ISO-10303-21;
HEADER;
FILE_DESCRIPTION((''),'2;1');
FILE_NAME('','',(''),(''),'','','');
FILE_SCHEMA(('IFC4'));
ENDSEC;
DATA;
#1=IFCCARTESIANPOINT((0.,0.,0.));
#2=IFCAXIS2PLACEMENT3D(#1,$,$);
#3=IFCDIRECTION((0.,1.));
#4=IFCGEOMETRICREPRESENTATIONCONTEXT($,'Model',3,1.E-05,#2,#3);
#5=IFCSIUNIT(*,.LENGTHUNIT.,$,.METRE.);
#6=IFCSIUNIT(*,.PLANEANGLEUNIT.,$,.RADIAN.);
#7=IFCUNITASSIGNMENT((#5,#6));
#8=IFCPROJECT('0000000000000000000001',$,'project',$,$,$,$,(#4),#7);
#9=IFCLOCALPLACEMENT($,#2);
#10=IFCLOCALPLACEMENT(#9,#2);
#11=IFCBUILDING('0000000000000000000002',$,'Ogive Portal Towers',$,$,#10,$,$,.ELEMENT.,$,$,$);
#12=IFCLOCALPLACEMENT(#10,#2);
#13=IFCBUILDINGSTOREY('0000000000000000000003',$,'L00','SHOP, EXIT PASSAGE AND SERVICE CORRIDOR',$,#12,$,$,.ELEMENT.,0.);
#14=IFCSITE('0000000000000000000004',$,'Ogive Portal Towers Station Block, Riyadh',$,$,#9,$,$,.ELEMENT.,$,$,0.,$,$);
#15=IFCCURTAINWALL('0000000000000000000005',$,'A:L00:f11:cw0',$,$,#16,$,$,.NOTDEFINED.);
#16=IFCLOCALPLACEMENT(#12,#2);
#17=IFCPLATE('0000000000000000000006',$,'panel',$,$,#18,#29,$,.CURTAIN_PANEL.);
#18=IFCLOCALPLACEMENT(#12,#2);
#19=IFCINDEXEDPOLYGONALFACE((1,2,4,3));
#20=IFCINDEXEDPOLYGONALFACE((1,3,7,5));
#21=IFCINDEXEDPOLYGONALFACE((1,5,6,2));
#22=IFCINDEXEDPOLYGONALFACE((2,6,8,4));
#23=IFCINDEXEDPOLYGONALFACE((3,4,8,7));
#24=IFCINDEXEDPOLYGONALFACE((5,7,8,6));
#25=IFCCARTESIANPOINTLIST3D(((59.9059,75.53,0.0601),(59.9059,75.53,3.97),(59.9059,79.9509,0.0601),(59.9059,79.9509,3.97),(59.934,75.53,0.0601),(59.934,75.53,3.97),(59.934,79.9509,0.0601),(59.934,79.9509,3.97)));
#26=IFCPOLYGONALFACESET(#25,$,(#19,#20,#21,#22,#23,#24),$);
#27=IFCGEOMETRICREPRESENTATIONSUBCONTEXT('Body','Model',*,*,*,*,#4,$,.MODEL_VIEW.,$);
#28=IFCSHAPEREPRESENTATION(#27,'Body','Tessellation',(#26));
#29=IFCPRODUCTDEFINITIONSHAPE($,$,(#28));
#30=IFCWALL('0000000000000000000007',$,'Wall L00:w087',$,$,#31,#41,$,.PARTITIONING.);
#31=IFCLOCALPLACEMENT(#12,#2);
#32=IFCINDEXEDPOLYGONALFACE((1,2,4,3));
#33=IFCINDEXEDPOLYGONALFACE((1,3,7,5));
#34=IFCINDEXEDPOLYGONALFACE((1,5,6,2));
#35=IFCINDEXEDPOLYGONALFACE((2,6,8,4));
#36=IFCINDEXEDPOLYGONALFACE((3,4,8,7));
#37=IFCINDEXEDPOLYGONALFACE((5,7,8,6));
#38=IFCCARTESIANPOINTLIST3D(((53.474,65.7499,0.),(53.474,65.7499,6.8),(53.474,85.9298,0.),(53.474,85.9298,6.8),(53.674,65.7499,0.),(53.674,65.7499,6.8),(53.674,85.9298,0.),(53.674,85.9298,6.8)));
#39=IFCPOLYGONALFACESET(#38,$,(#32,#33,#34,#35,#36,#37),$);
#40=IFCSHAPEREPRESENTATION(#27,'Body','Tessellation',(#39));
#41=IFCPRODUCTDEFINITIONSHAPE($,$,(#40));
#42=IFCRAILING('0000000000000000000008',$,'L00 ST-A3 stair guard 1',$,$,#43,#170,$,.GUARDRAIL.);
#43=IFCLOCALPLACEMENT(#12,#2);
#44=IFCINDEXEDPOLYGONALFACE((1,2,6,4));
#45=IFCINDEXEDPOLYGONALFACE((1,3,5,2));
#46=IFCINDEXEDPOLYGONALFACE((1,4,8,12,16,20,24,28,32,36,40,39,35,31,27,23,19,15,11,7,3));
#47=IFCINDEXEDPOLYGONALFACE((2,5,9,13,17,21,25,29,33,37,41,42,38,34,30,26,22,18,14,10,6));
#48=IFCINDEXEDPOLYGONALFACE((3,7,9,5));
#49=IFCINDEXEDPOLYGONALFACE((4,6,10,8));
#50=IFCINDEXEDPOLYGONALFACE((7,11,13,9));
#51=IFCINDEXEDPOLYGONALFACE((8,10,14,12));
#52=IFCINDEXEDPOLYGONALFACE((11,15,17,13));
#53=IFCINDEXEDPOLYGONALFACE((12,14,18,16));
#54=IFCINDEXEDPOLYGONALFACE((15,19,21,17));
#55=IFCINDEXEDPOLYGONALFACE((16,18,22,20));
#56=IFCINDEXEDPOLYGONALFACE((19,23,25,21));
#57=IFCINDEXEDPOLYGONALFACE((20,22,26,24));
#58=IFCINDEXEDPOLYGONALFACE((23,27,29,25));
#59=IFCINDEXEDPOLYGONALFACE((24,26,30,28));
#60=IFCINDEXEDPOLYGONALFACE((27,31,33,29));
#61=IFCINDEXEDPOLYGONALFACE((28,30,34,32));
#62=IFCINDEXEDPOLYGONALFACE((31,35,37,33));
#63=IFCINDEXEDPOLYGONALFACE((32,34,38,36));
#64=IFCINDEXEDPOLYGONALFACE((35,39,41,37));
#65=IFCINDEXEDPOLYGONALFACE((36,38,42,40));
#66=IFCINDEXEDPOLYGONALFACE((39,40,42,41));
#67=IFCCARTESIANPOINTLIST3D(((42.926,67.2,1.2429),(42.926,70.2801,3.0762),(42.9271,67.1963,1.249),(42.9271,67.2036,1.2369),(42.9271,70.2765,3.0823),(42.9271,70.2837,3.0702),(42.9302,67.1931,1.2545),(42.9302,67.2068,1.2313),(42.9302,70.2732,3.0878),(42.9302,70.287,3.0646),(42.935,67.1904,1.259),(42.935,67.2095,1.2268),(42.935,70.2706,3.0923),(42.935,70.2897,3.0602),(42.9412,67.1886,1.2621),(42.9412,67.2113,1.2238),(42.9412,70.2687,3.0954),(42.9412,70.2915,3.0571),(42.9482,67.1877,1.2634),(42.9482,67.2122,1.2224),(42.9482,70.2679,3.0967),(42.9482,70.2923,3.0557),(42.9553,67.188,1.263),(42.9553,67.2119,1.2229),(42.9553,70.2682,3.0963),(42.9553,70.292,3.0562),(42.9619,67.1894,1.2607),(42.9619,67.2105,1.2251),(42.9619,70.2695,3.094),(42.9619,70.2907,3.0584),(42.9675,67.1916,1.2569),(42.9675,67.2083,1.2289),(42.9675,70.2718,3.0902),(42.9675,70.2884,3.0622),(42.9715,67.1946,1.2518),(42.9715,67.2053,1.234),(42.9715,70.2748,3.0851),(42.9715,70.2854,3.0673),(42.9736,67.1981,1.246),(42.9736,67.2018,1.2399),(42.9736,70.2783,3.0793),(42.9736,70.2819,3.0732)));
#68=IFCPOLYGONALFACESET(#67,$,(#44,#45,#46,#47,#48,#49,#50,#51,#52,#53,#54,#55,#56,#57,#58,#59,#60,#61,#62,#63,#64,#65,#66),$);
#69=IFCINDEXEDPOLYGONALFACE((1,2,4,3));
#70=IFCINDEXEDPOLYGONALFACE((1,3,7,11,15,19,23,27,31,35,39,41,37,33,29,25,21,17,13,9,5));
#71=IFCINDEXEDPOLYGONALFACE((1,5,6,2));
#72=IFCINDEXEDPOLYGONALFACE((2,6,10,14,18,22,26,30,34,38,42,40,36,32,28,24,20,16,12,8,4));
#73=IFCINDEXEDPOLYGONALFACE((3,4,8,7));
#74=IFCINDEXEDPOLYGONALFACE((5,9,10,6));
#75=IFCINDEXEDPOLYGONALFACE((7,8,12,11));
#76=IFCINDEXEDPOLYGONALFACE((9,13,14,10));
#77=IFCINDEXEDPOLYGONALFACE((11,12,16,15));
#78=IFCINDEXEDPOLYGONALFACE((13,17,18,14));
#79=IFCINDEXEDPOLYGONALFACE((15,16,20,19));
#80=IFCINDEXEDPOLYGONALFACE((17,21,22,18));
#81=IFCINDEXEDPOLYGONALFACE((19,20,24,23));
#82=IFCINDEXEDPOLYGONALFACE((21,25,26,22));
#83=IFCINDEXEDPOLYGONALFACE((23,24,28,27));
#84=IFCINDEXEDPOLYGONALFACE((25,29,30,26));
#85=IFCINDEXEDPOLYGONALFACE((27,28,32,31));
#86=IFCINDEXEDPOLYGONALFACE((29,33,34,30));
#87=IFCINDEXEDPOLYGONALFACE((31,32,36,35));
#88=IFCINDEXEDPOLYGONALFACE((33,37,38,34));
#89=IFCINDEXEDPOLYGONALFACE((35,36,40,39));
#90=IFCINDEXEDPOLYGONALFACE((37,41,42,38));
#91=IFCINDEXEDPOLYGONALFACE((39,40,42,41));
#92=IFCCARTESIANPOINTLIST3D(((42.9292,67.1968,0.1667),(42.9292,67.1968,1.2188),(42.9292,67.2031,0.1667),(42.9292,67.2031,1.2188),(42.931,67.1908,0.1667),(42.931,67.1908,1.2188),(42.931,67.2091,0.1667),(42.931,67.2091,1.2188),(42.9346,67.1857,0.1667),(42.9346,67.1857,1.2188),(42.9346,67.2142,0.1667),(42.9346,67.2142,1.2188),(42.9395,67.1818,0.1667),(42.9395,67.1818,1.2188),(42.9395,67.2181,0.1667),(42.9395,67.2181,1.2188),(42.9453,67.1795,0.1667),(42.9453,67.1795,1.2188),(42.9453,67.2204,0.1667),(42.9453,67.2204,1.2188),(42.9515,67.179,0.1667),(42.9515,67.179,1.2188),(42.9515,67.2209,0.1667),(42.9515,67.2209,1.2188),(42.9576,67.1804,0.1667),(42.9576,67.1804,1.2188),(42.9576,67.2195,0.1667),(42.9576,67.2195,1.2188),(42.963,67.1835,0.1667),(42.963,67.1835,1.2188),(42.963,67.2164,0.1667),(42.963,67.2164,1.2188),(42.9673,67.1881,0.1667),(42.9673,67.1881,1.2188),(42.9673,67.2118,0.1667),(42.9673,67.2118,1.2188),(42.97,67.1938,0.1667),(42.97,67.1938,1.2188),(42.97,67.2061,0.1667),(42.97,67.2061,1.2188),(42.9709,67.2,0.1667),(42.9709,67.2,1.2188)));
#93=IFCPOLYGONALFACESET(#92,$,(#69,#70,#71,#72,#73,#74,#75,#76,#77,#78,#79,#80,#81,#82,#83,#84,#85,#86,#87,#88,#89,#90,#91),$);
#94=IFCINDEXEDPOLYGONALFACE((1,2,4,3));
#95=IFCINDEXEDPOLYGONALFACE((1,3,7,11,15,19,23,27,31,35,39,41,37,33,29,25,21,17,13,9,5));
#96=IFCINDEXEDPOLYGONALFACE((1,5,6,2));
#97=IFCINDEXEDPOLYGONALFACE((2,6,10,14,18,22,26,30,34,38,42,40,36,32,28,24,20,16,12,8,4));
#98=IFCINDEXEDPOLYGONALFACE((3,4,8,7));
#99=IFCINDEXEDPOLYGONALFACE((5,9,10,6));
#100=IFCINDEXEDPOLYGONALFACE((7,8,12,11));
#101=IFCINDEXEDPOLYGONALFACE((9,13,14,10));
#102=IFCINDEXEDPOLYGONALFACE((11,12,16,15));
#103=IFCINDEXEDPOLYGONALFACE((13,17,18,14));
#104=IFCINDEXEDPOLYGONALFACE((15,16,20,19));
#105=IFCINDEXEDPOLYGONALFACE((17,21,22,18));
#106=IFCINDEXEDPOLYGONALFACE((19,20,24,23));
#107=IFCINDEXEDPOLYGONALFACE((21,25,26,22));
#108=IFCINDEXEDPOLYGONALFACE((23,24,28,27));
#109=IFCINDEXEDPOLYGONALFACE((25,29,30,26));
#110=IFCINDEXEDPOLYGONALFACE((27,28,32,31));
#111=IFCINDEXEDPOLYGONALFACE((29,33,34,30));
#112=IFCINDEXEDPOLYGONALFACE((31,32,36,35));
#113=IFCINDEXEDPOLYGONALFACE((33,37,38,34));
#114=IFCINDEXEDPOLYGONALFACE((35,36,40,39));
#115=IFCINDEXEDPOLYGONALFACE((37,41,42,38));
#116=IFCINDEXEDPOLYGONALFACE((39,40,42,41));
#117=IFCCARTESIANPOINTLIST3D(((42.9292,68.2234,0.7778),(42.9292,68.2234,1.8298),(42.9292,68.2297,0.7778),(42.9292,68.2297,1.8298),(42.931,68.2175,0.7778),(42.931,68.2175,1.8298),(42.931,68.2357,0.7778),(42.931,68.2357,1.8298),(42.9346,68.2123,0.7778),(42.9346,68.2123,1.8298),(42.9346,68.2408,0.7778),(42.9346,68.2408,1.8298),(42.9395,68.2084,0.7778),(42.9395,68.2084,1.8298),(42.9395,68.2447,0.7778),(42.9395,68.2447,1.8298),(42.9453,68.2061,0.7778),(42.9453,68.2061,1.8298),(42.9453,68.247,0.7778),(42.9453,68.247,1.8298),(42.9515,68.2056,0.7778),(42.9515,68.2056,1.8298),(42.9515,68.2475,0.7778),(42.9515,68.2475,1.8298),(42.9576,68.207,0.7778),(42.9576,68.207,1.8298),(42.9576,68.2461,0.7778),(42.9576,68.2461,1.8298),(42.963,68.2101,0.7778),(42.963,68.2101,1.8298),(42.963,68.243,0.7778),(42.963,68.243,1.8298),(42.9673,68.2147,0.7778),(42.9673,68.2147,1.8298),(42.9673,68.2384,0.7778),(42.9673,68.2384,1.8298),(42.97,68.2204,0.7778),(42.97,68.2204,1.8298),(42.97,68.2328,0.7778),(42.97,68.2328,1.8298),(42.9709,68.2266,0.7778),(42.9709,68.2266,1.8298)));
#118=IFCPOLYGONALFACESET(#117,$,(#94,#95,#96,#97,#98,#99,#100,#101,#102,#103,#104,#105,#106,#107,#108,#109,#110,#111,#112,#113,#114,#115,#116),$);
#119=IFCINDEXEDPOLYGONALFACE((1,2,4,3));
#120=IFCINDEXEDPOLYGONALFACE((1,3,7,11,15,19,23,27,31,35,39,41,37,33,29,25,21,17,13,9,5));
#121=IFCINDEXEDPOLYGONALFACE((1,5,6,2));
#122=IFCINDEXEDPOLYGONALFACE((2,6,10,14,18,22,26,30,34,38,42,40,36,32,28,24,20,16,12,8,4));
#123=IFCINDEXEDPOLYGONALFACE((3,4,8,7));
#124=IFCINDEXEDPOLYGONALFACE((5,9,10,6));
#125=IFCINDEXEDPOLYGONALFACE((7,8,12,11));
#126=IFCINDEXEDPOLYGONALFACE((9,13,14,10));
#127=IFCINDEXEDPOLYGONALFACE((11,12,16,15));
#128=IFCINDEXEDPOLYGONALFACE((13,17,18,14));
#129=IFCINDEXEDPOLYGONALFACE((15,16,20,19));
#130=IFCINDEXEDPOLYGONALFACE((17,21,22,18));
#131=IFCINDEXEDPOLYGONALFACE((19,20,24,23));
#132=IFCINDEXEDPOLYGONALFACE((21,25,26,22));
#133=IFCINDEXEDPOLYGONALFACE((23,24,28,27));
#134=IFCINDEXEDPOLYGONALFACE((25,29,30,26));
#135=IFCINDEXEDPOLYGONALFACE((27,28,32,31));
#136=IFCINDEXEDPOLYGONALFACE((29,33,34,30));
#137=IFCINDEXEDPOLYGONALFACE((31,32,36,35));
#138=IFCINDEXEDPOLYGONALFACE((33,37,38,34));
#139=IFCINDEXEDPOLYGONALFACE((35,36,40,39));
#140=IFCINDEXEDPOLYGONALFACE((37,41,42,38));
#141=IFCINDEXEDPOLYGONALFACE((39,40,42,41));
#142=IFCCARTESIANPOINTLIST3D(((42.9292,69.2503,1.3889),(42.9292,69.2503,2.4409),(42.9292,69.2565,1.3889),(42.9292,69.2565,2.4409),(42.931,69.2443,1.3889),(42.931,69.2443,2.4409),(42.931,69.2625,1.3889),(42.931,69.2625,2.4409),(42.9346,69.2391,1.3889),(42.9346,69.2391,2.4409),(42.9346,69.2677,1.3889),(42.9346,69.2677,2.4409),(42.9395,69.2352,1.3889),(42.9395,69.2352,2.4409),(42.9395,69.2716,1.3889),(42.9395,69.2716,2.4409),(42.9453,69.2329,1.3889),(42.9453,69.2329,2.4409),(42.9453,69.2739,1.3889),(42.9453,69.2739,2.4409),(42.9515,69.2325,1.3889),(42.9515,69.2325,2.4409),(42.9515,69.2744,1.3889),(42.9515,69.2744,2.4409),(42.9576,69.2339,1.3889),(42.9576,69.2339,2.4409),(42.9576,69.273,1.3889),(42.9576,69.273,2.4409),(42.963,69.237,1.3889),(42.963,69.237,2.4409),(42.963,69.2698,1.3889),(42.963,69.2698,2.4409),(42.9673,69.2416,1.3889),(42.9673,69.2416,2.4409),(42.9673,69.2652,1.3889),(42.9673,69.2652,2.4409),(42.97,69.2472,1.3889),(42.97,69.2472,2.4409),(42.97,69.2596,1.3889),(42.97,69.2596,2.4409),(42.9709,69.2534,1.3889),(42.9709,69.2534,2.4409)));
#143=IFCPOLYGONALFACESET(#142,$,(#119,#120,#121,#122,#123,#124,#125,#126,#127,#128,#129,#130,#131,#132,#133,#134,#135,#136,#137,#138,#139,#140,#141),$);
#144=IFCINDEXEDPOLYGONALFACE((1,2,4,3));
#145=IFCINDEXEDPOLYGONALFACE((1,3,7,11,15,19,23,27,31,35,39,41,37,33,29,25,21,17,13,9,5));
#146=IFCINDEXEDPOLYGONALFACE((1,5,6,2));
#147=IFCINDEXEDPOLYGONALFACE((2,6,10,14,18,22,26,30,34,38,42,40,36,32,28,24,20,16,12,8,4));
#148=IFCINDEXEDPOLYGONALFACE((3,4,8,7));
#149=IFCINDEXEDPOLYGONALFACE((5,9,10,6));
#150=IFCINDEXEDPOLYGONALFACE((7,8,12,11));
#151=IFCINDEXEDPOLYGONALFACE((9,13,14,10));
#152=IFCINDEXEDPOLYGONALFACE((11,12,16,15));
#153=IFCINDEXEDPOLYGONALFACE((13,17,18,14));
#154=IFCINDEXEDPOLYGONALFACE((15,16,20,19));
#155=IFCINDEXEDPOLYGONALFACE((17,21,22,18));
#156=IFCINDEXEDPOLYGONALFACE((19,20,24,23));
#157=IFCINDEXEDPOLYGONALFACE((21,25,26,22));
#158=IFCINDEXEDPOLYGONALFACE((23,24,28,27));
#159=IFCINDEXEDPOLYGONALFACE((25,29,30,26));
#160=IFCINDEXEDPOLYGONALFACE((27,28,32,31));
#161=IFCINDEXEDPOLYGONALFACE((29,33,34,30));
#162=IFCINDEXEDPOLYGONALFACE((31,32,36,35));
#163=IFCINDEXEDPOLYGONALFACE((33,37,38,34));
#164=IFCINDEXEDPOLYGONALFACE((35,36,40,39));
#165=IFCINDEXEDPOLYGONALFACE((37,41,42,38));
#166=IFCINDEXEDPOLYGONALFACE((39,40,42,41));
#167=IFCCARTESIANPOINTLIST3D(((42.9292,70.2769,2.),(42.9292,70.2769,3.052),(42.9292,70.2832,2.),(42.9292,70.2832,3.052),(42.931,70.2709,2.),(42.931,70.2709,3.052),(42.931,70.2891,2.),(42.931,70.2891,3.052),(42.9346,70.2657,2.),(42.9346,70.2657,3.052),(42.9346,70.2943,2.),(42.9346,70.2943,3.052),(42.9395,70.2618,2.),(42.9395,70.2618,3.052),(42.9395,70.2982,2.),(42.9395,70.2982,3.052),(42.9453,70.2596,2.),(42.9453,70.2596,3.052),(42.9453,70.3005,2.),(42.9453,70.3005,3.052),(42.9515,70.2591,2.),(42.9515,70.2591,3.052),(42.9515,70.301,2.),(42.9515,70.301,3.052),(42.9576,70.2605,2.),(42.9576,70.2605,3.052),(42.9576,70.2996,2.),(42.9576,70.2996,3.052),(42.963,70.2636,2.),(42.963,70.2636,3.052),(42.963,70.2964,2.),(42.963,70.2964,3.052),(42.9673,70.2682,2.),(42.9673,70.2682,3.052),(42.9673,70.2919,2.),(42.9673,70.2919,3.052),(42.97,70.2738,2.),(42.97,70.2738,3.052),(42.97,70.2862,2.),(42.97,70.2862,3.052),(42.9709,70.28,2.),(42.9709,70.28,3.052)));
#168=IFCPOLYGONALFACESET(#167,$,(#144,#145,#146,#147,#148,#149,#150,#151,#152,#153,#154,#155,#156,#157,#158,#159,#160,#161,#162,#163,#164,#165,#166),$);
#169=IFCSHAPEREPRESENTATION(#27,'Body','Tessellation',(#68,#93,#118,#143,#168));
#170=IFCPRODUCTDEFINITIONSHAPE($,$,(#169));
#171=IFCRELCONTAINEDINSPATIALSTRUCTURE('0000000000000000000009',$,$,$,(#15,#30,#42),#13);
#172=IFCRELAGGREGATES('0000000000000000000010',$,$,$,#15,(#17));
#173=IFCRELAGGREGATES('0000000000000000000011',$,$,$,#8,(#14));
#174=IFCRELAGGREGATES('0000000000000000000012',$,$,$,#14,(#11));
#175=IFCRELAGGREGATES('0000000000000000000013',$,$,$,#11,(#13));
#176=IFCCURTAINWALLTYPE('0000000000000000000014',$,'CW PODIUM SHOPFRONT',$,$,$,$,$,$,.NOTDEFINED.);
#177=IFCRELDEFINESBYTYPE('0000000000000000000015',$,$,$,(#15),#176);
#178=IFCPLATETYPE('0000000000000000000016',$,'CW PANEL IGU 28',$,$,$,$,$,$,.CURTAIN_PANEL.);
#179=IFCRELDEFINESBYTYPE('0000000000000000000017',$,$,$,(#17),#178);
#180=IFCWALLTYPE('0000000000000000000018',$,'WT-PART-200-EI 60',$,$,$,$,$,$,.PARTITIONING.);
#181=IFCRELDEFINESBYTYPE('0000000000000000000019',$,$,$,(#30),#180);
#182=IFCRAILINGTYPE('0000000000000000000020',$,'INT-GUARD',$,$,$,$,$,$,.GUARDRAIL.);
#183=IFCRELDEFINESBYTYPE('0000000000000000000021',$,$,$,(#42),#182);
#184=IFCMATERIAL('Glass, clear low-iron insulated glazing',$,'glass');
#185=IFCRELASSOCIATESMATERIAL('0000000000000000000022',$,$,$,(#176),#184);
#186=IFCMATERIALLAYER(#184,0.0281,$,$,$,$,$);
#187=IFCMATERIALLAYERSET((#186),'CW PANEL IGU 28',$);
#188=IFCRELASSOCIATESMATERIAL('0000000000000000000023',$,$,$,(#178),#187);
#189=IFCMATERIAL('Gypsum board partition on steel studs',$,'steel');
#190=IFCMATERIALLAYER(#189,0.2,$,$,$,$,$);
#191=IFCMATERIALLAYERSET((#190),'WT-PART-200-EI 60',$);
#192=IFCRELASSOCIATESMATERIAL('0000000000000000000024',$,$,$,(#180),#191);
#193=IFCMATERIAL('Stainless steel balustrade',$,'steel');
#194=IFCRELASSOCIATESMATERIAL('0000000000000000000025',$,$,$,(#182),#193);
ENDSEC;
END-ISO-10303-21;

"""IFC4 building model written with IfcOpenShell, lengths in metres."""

from ifc_helpers import new_model, si_unit, direction, frame, frame_2d, origin, origin_2d, place, context, subcontext, project, spatial, rectangle, circle, extrude, material, layer, layer_set, type_object, element, aggregate, save


model = new_model("IFC4")

# Units and contexts
model_context = context("Model", 3, precision=1e-05, world=origin(), true_north=direction((0.0, 1.0)))
body_context = subcontext(model_context, "Body", "Model", "MODEL_VIEW")
ifc_project = project(units=[si_unit("LENGTHUNIT", "METRE"), si_unit("PLANEANGLEUNIT", "RADIAN")], contexts=[model_context])

# Site, building, storey
site_placement = place(None, origin())
site = spatial("IfcSite", under=ifc_project, at=site_placement, Name="Ogive Portal Towers Station Block, Riyadh", CompositionType="ELEMENT", RefElevation=0.0)
building_placement = place(site_placement, origin())
building = spatial("IfcBuilding", under=site, at=building_placement, Name="Ogive Portal Towers", CompositionType="ELEMENT")
storey_placement = place(building_placement, origin())
storey = spatial("IfcBuildingStorey", under=building, at=storey_placement, Name="L00", Description="SHOP, EXIT PASSAGE AND SERVICE CORRIDOR", CompositionType="ELEMENT", Elevation=0.0)

# Curtain wall, plate
ifc_material_1 = material(Name="Glass, clear low-iron insulated glazing", Category="glass")
curtain_wall_type = type_object("IfcCurtainWallType", Name="CW PODIUM SHOPFRONT", PredefinedType="NOTDEFINED", material=ifc_material_1)
curtain_wall_placement = place(storey_placement, origin())
curtain_wall = element("IfcCurtainWall", 1, at=curtain_wall_placement, inside=storey, type_object=curtain_wall_type, Name="A:L00:f11:cw0", PredefinedType="NOTDEFINED")
ifc_layer_1 = layer(ifc_material_1, 0.0281)
ifc_layer_set_1 = layer_set([ifc_layer_1], Name="CW PANEL IGU 28")
plate_type = type_object("IfcPlateType", Name="CW PANEL IGU 28", PredefinedType="CURTAIN_PANEL", material=ifc_layer_set_1)
plate_1_placement = place(storey_placement, frame((59.9199, 77.7405, 0.0601), z_axis=(0.0, 0.0, 1.0), x_axis=(0.0, 1.0, 0.0)))
plate_1 = element("IfcPlate", 2, at=plate_1_placement, type_object=plate_type, Name="panel", PredefinedType="CURTAIN_PANEL", context=body_context, shape_type="SweptSolid", body=[
    extrude(rectangle(XDim=4.4209, YDim=0.0281, at=origin_2d()), origin(), (0.0, 0.0, 1.0), 3.9099),
])
aggregate(curtain_wall, [plate_1])

# Wall
ifc_material_2 = material(Name="Gypsum board partition on steel studs", Category="steel")
ifc_layer_2 = layer(ifc_material_2, 0.2)
ifc_layer_set_2 = layer_set([ifc_layer_2], Name="WT-PART-200-EI 60")
wall_type = type_object("IfcWallType", Name="WT-PART-200-EI 60", PredefinedType="PARTITIONING", material=ifc_layer_set_2)
wall_placement = place(storey_placement, frame((53.574, 65.75, 0.0), z_axis=(0.0, 0.0, 1.0), x_axis=(0.0, 1.0, 0.0)))
element("IfcWall", 3, at=wall_placement, inside=storey, type_object=wall_type, Name="Wall L00:w087", PredefinedType="PARTITIONING", context=body_context, shape_type="SweptSolid", body=[
    extrude(rectangle(XDim=20.1799, YDim=0.2, at=frame_2d((10.0898, 0.0))), origin(), (0.0, 0.0, 1.0), 6.8),
])

# Railing
ifc_material_3 = material(Name="Stainless steel balustrade", Category="steel")
railing_type_1 = type_object("IfcRailingType", Name="INT-GUARD", PredefinedType="GUARDRAIL", material=ifc_material_3)
railing_1_placement = place(storey_placement, frame((42.95, 67.2, 0.1667)))
element("IfcRailing", 4, at=railing_1_placement, inside=storey, type_object=railing_type_1, Name="L00 ST-A3 stair guard 1", PredefinedType="GUARDRAIL", context=body_context, shape_type="SweptSolid", body=[
    extrude(circle(Radius=0.0239, at=origin_2d()), frame((0.0, 0.0, 1.0762), z_axis=(0.0, 0.859309, 0.511458), x_axis=(-1.0, 0.0, 0.0)), (0.0, 0.0, 1.0), 3.5845),
    extrude(circle(Radius=0.021, at=origin_2d()), origin(), (0.0, 0.0, 1.0), 1.052),
    extrude(circle(Radius=0.021, at=origin_2d()), frame((0.0, 1.0266, 0.6111)), (0.0, 0.0, 1.0), 1.052),
    extrude(circle(Radius=0.021, at=origin_2d()), frame((0.0, 2.0535, 1.2222)), (0.0, 0.0, 1.0), 1.052),
    extrude(circle(Radius=0.021, at=origin_2d()), frame((0.0, 3.0801, 1.8333)), (0.0, 0.0, 1.0), 1.052),
])

save(model, "model.ifc")
